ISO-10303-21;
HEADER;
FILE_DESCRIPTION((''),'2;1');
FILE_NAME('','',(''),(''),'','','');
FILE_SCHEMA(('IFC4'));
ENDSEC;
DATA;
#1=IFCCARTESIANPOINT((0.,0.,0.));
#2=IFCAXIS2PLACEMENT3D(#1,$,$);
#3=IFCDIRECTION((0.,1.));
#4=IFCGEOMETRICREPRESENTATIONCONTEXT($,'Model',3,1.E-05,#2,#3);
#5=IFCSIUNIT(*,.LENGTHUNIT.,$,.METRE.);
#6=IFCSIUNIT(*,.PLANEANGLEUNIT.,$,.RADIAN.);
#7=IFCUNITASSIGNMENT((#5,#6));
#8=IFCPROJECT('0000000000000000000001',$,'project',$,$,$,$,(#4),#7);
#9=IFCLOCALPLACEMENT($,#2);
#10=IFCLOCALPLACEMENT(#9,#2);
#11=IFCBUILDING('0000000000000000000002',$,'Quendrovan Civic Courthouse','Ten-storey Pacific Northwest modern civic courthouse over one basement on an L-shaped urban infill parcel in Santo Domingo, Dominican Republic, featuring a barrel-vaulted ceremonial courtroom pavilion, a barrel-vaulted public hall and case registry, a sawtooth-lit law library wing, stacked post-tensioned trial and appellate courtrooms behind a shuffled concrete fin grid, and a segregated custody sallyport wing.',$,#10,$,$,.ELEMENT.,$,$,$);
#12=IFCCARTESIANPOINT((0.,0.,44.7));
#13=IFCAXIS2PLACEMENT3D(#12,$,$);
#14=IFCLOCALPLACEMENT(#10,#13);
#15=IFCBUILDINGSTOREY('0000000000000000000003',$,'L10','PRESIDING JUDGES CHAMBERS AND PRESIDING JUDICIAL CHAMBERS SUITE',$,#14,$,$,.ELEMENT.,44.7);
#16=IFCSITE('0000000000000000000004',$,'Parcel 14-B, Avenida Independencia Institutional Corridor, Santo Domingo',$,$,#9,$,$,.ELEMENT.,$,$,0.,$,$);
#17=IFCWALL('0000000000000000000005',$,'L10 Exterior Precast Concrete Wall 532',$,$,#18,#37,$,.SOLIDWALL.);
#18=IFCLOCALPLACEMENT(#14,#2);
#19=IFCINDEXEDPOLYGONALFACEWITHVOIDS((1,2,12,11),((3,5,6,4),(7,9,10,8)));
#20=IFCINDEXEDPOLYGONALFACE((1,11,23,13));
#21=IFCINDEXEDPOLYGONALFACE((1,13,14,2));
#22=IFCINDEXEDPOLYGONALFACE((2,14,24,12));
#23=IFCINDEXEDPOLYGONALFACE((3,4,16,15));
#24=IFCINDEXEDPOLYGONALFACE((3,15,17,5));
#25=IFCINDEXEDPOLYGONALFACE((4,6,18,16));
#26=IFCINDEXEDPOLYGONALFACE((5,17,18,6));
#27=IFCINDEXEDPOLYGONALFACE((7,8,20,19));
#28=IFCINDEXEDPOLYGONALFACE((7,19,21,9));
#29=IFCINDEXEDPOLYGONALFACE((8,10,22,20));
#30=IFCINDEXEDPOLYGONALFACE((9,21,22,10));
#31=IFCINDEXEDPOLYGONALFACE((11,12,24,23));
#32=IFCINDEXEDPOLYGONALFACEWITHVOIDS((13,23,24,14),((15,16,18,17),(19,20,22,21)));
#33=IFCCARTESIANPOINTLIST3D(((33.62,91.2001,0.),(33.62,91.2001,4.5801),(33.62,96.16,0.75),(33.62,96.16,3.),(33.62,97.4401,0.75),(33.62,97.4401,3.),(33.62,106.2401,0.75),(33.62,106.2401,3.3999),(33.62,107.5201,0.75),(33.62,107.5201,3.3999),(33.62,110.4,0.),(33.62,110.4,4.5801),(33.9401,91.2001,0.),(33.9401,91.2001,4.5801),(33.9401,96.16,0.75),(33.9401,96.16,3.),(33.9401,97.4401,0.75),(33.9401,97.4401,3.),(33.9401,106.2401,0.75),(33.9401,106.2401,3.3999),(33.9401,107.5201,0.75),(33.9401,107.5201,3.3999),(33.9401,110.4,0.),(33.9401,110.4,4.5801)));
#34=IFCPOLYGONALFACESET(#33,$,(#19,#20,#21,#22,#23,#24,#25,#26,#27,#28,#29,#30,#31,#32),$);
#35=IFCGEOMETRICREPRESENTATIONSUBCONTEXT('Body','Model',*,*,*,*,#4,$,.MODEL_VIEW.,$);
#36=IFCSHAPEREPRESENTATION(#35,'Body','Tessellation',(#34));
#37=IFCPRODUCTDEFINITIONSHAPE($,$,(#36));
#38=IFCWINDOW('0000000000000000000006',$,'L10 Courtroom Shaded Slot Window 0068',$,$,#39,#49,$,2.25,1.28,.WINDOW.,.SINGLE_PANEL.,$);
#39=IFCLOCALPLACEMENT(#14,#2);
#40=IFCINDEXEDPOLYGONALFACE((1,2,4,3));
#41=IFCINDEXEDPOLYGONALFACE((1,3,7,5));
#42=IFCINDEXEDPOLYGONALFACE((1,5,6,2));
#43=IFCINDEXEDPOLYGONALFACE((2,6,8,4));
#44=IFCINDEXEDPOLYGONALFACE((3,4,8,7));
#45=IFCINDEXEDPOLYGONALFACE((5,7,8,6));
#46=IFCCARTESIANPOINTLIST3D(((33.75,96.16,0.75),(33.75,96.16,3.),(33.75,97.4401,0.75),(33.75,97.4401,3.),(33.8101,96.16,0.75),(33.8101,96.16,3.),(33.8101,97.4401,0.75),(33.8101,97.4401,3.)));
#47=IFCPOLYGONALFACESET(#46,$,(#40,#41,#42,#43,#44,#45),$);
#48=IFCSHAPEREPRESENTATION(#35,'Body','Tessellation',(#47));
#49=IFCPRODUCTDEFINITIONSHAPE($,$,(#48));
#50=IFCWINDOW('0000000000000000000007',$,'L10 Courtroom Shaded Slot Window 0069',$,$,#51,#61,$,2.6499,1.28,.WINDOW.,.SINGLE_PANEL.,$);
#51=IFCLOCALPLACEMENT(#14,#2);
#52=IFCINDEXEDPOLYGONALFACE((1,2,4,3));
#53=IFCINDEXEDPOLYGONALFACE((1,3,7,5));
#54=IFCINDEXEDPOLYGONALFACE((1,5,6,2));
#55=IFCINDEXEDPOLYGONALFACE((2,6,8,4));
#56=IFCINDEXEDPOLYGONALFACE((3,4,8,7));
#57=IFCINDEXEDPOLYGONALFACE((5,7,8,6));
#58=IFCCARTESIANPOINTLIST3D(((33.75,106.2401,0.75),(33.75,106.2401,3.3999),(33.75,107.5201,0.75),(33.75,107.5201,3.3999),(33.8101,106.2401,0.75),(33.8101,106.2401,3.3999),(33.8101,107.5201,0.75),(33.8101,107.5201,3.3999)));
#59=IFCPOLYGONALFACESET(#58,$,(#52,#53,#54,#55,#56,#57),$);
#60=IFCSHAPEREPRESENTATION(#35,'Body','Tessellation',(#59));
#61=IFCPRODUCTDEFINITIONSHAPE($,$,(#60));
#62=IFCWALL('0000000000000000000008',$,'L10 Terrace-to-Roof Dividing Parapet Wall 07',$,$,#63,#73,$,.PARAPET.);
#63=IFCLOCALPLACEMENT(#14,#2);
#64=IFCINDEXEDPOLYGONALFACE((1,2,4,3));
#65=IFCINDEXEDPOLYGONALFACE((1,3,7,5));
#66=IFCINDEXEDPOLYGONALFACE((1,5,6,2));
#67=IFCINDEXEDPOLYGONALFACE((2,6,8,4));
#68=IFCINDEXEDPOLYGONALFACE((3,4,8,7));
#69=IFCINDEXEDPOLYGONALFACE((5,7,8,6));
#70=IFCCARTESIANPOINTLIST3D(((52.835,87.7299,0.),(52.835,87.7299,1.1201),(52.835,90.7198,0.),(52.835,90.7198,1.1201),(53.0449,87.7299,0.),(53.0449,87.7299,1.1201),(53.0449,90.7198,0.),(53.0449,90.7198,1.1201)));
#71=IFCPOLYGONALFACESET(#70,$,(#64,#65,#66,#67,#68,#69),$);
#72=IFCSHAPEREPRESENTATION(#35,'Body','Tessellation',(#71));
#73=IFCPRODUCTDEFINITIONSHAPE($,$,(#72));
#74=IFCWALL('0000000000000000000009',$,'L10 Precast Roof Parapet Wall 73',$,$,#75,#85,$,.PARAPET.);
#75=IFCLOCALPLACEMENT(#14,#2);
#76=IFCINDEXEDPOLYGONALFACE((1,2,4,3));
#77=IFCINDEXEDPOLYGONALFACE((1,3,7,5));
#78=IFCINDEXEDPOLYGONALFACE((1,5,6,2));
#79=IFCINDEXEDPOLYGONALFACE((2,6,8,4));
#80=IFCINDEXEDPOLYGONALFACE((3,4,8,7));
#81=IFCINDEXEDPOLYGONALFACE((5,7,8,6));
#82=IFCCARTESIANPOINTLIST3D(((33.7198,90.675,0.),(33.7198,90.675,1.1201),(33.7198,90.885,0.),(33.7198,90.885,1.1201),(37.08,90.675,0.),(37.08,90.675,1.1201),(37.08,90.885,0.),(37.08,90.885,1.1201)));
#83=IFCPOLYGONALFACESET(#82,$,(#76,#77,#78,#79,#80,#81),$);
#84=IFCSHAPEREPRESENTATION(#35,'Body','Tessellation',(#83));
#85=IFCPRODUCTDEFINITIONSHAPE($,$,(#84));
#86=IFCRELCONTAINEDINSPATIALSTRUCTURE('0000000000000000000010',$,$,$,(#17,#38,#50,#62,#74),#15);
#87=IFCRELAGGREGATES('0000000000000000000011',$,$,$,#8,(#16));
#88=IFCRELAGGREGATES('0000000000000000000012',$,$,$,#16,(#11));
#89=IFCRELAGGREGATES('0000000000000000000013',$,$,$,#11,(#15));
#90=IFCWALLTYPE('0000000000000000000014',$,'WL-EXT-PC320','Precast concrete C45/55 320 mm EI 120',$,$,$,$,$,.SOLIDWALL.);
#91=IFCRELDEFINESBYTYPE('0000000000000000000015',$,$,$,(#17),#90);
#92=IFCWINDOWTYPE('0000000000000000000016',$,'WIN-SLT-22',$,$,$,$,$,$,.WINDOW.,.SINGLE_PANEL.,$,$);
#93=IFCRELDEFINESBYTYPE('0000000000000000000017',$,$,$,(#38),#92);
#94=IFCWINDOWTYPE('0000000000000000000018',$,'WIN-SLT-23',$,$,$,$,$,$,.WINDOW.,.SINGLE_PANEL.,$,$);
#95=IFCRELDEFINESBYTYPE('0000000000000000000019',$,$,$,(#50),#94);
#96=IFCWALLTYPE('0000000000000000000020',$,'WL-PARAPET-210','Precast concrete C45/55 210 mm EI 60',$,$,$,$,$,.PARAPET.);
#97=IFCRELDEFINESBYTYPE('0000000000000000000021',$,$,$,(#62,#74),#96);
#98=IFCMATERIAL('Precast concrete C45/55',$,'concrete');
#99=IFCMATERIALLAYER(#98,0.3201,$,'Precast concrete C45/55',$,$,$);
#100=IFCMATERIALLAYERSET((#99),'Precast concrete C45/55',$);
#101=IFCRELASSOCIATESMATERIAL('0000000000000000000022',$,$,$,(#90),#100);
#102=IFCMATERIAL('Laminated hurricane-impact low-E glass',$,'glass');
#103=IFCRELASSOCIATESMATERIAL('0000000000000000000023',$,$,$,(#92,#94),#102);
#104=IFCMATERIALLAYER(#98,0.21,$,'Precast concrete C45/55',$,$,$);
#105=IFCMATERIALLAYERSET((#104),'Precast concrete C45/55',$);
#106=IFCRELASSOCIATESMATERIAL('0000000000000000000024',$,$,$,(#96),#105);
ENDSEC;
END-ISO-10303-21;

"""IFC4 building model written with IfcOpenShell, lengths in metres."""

from ifc_helpers import new_model, si_unit, direction, frame, frame_2d, origin, place, context, subcontext, project, spatial, rectangle, extrude, material, layer, layer_set, type_object, element, fill, save


model = new_model("IFC4")

# Units and contexts
model_context = context("Model", 3, precision=1e-05, world=origin(), true_north=direction((0.0, 1.0)))
body_context = subcontext(model_context, "Body", "Model", "MODEL_VIEW")
ifc_project = project(units=[si_unit("LENGTHUNIT", "METRE"), si_unit("PLANEANGLEUNIT", "RADIAN")], contexts=[model_context])

# Site, building, storey
site_placement = place(None, origin())
site = spatial("IfcSite", under=ifc_project, at=site_placement, Name="Parcel 14-B, Avenida Independencia Institutional Corridor, Santo Domingo", CompositionType="ELEMENT", RefElevation=0.0)
building_placement = place(site_placement, origin())
building = spatial("IfcBuilding", under=site, at=building_placement, Name="Quendrovan Civic Courthouse", Description="Ten-storey Pacific Northwest modern civic courthouse over one basement on an L-shaped urban infill parcel in Santo Domingo, Dominican Republic, featuring a barrel-vaulted ceremonial courtroom pavilion, a barrel-vaulted public hall and case registry, a sawtooth-lit law library wing, stacked post-tensioned trial and appellate courtrooms behind a shuffled concrete fin grid, and a segregated custody sallyport wing.", CompositionType="ELEMENT")
storey_placement = place(building_placement, frame((0.0, 0.0, 44.7)))
storey = spatial("IfcBuildingStorey", under=building, at=storey_placement, Name="L10", Description="PRESIDING JUDGES CHAMBERS AND PRESIDING JUDICIAL CHAMBERS SUITE", CompositionType="ELEMENT", Elevation=44.7)

# Shared definitions
ifc_material_1 = material(Name="Precast concrete C45/55", Category="concrete")

# Shared definitions
ifc_layer_1 = layer(ifc_material_1, 0.3201, Name="Precast concrete C45/55")
ifc_layer_set_1 = layer_set([ifc_layer_1], Name="Precast concrete C45/55")
wall_type_1 = type_object("IfcWallType", Name="WL-EXT-PC320", Description="Precast concrete C45/55 320 mm EI 120", PredefinedType="SOLIDWALL", material=ifc_layer_set_1)
ifc_material_2 = material(Name="Laminated hurricane-impact low-E glass", Category="glass")

# Wall, openings, windows
wall_1_placement = place(storey_placement, frame((33.78, 91.2, 0.0), z_axis=(0.0, 0.0, 1.0), x_axis=(0.0, 1.0, 0.0)))
wall_1 = element("IfcWall", 1, at=wall_1_placement, inside=storey, type_object=wall_type_1, Name="L10 Exterior Precast Concrete Wall 532", PredefinedType="SOLIDWALL", context=body_context, shape_type="SweptSolid", body=[
    extrude(rectangle(XDim=19.2, YDim=0.3201, at=frame_2d((9.6001, 0.0))), origin(), (0.0, 0.0, 1.0), 4.5801),
])
opening_1_placement = place(wall_1_placement, frame((4.96, 0.0, 0.75)))
opening_1 = element("IfcOpeningElement", 2, at=opening_1_placement, cuts=wall_1, PredefinedType="OPENING", context=body_context, shape_type="SweptSolid", body=[
    extrude(rectangle(XDim=1.28, YDim=2.25, at=frame_2d((0.6401, 1.125))), frame((0.0, 0.1699, 0.0), z_axis=(0.0, -1.0, 0.0), x_axis=(1.0, 0.0, 0.0)), (0.0, 0.0, 1.0), 0.3401),
])
opening_2_placement = place(wall_1_placement, frame((15.04, 0.0, 0.75)))
opening_2 = element("IfcOpeningElement", 3, at=opening_2_placement, cuts=wall_1, PredefinedType="OPENING", context=body_context, shape_type="SweptSolid", body=[
    extrude(rectangle(XDim=1.28, YDim=2.6499, at=frame_2d((0.6401, 1.325))), frame((0.0, 0.1699, 0.0), z_axis=(0.0, -1.0, 0.0), x_axis=(1.0, 0.0, 0.0)), (0.0, 0.0, 1.0), 0.3401),
])
window_type_1 = type_object("IfcWindowType", Name="WIN-SLT-22", PartitioningType="SINGLE_PANEL", PredefinedType="WINDOW", material=ifc_material_2)
window_1_placement = place(opening_1_placement, origin())
window_1 = element("IfcWindow", 4, at=window_1_placement, inside=storey, type_object=window_type_1, Name="L10 Courtroom Shaded Slot Window 0068", OverallHeight=2.25, OverallWidth=1.28, PartitioningType="SINGLE_PANEL", PredefinedType="WINDOW", context=body_context, shape_type="SweptSolid", body=[
    extrude(rectangle(XDim=1.28, YDim=2.25, at=frame_2d((0.6401, 1.125))), frame((0.0, 0.03, 0.0), z_axis=(0.0, -1.0, 0.0), x_axis=(1.0, 0.0, 0.0)), (0.0, 0.0, 1.0), 0.0601),
])
fill(opening_1, window_1)
window_type_2 = type_object("IfcWindowType", Name="WIN-SLT-23", PartitioningType="SINGLE_PANEL", PredefinedType="WINDOW", material=ifc_material_2)
window_2_placement = place(opening_2_placement, origin())
window_2 = element("IfcWindow", 5, at=window_2_placement, inside=storey, type_object=window_type_2, Name="L10 Courtroom Shaded Slot Window 0069", OverallHeight=2.6499, OverallWidth=1.28, PartitioningType="SINGLE_PANEL", PredefinedType="WINDOW", context=body_context, shape_type="SweptSolid", body=[
    extrude(rectangle(XDim=1.28, YDim=2.6499, at=frame_2d((0.6401, 1.325))), frame((0.0, 0.03, 0.0), z_axis=(0.0, -1.0, 0.0), x_axis=(1.0, 0.0, 0.0)), (0.0, 0.0, 1.0), 0.0601),
])
fill(opening_2, window_2)

# Walls
ifc_layer_2 = layer(ifc_material_1, 0.21, Name="Precast concrete C45/55")
ifc_layer_set_2 = layer_set([ifc_layer_2], Name="Precast concrete C45/55")
wall_type_2 = type_object("IfcWallType", Name="WL-PARAPET-210", Description="Precast concrete C45/55 210 mm EI 60", PredefinedType="PARAPET", material=ifc_layer_set_2)
wall_2_placement = place(storey_placement, frame((52.9399, 90.72, 0.0), z_axis=(0.0, 0.0, 1.0), x_axis=(0.0, -1.0, 0.0)))
element("IfcWall", 6, at=wall_2_placement, inside=storey, type_object=wall_type_2, Name="L10 Terrace-to-Roof Dividing Parapet Wall 07", PredefinedType="PARAPET", context=body_context, shape_type="SweptSolid", body=[
    extrude(rectangle(XDim=2.99, YDim=0.21, at=frame_2d((1.4951, 0.0))), origin(), (0.0, 0.0, 1.0), 1.1201),
])
wall_3_placement = place(storey_placement, frame((37.0801, 90.78, 0.0), z_axis=(0.0, 0.0, 1.0), x_axis=(-1.0, 0.0, 0.0)))
element("IfcWall", 7, at=wall_3_placement, inside=storey, type_object=wall_type_2, Name="L10 Precast Roof Parapet Wall 73", PredefinedType="PARAPET", context=body_context, shape_type="SweptSolid", body=[
    extrude(rectangle(XDim=3.3601, YDim=0.21, at=frame_2d((1.6802, 0.0))), origin(), (0.0, 0.0, 1.0), 1.1201),
])

save(model, "model.ifc")
